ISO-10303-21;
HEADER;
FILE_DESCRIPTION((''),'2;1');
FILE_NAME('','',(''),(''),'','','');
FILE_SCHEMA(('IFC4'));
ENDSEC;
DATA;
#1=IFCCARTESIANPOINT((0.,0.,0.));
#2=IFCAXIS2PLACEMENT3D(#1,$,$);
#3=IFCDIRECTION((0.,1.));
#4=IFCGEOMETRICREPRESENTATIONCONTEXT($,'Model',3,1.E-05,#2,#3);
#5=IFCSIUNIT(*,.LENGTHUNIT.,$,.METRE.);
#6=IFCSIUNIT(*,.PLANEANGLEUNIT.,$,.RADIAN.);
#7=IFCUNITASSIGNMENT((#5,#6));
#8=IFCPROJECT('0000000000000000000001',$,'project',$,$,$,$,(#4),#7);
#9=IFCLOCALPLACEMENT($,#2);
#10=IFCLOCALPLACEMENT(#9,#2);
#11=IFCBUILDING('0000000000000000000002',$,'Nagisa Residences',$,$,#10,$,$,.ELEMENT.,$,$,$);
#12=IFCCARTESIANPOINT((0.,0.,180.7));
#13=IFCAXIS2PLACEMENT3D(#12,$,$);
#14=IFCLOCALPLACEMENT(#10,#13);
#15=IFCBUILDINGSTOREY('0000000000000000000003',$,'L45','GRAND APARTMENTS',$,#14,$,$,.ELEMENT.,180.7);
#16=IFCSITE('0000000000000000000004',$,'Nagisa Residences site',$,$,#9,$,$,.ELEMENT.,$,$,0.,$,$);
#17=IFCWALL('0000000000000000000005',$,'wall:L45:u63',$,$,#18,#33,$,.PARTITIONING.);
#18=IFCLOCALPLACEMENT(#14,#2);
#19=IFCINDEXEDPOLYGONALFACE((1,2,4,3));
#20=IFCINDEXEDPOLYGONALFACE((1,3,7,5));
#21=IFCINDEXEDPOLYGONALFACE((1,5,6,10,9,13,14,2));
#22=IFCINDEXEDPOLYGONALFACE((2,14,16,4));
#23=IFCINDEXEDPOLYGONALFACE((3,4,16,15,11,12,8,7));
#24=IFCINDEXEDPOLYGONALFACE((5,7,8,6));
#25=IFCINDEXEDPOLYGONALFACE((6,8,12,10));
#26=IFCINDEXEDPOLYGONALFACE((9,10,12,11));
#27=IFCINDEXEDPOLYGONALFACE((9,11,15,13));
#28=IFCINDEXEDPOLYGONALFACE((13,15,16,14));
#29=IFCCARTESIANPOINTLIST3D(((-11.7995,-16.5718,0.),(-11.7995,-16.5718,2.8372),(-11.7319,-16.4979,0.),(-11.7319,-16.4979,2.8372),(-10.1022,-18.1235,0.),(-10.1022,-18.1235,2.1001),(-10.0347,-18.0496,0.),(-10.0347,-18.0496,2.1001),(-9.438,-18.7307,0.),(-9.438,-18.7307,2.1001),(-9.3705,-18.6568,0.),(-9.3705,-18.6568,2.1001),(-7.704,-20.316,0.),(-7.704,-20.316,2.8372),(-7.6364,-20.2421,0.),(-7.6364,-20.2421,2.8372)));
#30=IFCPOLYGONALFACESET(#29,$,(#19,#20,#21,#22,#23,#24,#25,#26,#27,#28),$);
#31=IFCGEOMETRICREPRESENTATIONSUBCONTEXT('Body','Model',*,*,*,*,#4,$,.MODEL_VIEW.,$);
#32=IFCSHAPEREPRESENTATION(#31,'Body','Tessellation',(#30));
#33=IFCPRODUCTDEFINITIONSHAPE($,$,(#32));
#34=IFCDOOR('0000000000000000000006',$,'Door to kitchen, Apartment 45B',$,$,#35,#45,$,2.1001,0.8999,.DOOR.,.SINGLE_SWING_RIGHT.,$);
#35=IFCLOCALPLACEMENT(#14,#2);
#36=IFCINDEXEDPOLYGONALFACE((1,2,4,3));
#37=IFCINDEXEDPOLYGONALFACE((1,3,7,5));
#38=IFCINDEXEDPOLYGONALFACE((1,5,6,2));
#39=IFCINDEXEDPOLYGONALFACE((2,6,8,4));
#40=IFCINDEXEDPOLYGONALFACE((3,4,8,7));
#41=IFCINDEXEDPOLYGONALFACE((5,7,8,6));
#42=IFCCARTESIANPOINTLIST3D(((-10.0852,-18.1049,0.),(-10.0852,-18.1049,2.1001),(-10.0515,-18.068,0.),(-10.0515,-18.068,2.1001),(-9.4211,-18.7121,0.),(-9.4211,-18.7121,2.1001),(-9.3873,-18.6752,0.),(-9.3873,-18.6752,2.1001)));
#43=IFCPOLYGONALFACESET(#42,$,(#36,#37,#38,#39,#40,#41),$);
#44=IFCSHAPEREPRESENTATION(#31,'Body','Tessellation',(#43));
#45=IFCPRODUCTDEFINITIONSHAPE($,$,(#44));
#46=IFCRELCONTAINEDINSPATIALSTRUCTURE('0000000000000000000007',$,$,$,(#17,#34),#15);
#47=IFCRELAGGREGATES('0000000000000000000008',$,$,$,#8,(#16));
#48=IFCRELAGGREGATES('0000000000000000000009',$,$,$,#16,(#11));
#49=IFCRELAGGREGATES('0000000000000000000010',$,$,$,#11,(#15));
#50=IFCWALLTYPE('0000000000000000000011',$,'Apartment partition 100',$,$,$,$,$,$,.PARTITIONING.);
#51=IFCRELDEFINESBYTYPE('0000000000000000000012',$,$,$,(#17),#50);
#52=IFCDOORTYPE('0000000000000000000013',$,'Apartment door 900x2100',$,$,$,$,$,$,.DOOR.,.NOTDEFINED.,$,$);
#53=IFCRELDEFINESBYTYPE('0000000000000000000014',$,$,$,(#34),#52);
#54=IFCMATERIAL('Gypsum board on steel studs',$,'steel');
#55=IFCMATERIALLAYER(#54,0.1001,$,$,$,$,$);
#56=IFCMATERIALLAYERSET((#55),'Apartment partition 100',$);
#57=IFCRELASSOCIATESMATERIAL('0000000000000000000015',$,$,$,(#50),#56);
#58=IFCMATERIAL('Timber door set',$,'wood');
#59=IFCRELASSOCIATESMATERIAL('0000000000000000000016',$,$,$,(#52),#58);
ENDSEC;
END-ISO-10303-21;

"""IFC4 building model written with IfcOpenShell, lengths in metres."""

from ifc_helpers import new_model, si_unit, direction, frame, frame_2d, origin, place, context, subcontext, project, spatial, rectangle, extrude, material, layer, layer_set, type_object, element, fill, save


model = new_model("IFC4")

# Units and contexts
model_context = context("Model", 3, precision=1e-05, world=origin(), true_north=direction((0.0, 1.0)))
body_context = subcontext(model_context, "Body", "Model", "MODEL_VIEW")
ifc_project = project(units=[si_unit("LENGTHUNIT", "METRE"), si_unit("PLANEANGLEUNIT", "RADIAN")], contexts=[model_context])

# Site, building, storey
site_placement = place(None, origin())
site = spatial("IfcSite", under=ifc_project, at=site_placement, Name="Nagisa Residences site", CompositionType="ELEMENT", RefElevation=0.0)
building_placement = place(site_placement, origin())
building = spatial("IfcBuilding", under=site, at=building_placement, Name="Nagisa Residences", CompositionType="ELEMENT")
storey_placement = place(building_placement, frame((0.0, 0.0, 180.7)))
storey = spatial("IfcBuildingStorey", under=building, at=storey_placement, Name="L45", Description="GRAND APARTMENTS", CompositionType="ELEMENT", Elevation=180.7)

# Wall, opening, door
ifc_material_1 = material(Name="Gypsum board on steel studs", Category="steel")
ifc_layer_1 = layer(ifc_material_1, 0.1001)
ifc_layer_set_1 = layer_set([ifc_layer_1], Name="Apartment partition 100")
wall_type_1 = type_object("IfcWallType", Name="Apartment partition 100", PredefinedType="PARTITIONING", material=ifc_layer_set_1)
ifc_material_2 = material(Name="Timber door set", Category="wood")
door_type_1 = type_object("IfcDoorType", Name="Apartment door 900x2100", OperationType="NOTDEFINED", PredefinedType="DOOR", material=ifc_material_2)
wall_1_placement = place(storey_placement, frame((-11.7656, -16.5349, 0.0), z_axis=(0.0, 0.0, 1.0), x_axis=(0.738054, -0.674742, 0.0)))
wall_1 = element("IfcWall", 1, at=wall_1_placement, inside=storey, type_object=wall_type_1, Name="wall:L45:u63", PredefinedType="PARTITIONING", context=body_context, shape_type="SweptSolid", body=[
    extrude(rectangle(XDim=5.5491, YDim=0.1001, at=frame_2d((2.7744, 0.0))), origin(), (0.0, 0.0, 1.0), 2.8372),
])
opening_1_placement = place(wall_1_placement, frame((2.2996, 0.0, 0.0)))
opening_1 = element("IfcOpeningElement", 2, at=opening_1_placement, cuts=wall_1, PredefinedType="OPENING", context=body_context, shape_type="SweptSolid", body=[
    extrude(rectangle(XDim=0.8999, YDim=2.1001, at=frame_2d((0.45, 1.05))), frame((0.0, 0.0601, 0.0), z_axis=(0.0, -1.0, 0.0), x_axis=(1.0, 0.0, 0.0)), (0.0, 0.0, 1.0), 0.1201),
])
door_1_placement = place(opening_1_placement, frame((0.8999, 0.0, 0.0), x_axis=(-1.0, 0.0, 0.0)))
door_1 = element("IfcDoor", 3, at=door_1_placement, inside=storey, type_object=door_type_1, Name="Door to kitchen, Apartment 45B", OperationType="SINGLE_SWING_RIGHT", OverallHeight=2.1001, OverallWidth=0.8999, PredefinedType="DOOR", context=body_context, shape_type="SweptSolid", body=[
    extrude(rectangle(XDim=0.8999, YDim=2.1001, at=frame_2d((0.45, 1.05))), frame((0.0, 0.0249, 0.0), z_axis=(0.0, -1.0, 0.0), x_axis=(1.0, 0.0, 0.0)), (0.0, 0.0, 1.0), 0.05),
])
fill(opening_1, door_1)

save(model, "model.ifc")
